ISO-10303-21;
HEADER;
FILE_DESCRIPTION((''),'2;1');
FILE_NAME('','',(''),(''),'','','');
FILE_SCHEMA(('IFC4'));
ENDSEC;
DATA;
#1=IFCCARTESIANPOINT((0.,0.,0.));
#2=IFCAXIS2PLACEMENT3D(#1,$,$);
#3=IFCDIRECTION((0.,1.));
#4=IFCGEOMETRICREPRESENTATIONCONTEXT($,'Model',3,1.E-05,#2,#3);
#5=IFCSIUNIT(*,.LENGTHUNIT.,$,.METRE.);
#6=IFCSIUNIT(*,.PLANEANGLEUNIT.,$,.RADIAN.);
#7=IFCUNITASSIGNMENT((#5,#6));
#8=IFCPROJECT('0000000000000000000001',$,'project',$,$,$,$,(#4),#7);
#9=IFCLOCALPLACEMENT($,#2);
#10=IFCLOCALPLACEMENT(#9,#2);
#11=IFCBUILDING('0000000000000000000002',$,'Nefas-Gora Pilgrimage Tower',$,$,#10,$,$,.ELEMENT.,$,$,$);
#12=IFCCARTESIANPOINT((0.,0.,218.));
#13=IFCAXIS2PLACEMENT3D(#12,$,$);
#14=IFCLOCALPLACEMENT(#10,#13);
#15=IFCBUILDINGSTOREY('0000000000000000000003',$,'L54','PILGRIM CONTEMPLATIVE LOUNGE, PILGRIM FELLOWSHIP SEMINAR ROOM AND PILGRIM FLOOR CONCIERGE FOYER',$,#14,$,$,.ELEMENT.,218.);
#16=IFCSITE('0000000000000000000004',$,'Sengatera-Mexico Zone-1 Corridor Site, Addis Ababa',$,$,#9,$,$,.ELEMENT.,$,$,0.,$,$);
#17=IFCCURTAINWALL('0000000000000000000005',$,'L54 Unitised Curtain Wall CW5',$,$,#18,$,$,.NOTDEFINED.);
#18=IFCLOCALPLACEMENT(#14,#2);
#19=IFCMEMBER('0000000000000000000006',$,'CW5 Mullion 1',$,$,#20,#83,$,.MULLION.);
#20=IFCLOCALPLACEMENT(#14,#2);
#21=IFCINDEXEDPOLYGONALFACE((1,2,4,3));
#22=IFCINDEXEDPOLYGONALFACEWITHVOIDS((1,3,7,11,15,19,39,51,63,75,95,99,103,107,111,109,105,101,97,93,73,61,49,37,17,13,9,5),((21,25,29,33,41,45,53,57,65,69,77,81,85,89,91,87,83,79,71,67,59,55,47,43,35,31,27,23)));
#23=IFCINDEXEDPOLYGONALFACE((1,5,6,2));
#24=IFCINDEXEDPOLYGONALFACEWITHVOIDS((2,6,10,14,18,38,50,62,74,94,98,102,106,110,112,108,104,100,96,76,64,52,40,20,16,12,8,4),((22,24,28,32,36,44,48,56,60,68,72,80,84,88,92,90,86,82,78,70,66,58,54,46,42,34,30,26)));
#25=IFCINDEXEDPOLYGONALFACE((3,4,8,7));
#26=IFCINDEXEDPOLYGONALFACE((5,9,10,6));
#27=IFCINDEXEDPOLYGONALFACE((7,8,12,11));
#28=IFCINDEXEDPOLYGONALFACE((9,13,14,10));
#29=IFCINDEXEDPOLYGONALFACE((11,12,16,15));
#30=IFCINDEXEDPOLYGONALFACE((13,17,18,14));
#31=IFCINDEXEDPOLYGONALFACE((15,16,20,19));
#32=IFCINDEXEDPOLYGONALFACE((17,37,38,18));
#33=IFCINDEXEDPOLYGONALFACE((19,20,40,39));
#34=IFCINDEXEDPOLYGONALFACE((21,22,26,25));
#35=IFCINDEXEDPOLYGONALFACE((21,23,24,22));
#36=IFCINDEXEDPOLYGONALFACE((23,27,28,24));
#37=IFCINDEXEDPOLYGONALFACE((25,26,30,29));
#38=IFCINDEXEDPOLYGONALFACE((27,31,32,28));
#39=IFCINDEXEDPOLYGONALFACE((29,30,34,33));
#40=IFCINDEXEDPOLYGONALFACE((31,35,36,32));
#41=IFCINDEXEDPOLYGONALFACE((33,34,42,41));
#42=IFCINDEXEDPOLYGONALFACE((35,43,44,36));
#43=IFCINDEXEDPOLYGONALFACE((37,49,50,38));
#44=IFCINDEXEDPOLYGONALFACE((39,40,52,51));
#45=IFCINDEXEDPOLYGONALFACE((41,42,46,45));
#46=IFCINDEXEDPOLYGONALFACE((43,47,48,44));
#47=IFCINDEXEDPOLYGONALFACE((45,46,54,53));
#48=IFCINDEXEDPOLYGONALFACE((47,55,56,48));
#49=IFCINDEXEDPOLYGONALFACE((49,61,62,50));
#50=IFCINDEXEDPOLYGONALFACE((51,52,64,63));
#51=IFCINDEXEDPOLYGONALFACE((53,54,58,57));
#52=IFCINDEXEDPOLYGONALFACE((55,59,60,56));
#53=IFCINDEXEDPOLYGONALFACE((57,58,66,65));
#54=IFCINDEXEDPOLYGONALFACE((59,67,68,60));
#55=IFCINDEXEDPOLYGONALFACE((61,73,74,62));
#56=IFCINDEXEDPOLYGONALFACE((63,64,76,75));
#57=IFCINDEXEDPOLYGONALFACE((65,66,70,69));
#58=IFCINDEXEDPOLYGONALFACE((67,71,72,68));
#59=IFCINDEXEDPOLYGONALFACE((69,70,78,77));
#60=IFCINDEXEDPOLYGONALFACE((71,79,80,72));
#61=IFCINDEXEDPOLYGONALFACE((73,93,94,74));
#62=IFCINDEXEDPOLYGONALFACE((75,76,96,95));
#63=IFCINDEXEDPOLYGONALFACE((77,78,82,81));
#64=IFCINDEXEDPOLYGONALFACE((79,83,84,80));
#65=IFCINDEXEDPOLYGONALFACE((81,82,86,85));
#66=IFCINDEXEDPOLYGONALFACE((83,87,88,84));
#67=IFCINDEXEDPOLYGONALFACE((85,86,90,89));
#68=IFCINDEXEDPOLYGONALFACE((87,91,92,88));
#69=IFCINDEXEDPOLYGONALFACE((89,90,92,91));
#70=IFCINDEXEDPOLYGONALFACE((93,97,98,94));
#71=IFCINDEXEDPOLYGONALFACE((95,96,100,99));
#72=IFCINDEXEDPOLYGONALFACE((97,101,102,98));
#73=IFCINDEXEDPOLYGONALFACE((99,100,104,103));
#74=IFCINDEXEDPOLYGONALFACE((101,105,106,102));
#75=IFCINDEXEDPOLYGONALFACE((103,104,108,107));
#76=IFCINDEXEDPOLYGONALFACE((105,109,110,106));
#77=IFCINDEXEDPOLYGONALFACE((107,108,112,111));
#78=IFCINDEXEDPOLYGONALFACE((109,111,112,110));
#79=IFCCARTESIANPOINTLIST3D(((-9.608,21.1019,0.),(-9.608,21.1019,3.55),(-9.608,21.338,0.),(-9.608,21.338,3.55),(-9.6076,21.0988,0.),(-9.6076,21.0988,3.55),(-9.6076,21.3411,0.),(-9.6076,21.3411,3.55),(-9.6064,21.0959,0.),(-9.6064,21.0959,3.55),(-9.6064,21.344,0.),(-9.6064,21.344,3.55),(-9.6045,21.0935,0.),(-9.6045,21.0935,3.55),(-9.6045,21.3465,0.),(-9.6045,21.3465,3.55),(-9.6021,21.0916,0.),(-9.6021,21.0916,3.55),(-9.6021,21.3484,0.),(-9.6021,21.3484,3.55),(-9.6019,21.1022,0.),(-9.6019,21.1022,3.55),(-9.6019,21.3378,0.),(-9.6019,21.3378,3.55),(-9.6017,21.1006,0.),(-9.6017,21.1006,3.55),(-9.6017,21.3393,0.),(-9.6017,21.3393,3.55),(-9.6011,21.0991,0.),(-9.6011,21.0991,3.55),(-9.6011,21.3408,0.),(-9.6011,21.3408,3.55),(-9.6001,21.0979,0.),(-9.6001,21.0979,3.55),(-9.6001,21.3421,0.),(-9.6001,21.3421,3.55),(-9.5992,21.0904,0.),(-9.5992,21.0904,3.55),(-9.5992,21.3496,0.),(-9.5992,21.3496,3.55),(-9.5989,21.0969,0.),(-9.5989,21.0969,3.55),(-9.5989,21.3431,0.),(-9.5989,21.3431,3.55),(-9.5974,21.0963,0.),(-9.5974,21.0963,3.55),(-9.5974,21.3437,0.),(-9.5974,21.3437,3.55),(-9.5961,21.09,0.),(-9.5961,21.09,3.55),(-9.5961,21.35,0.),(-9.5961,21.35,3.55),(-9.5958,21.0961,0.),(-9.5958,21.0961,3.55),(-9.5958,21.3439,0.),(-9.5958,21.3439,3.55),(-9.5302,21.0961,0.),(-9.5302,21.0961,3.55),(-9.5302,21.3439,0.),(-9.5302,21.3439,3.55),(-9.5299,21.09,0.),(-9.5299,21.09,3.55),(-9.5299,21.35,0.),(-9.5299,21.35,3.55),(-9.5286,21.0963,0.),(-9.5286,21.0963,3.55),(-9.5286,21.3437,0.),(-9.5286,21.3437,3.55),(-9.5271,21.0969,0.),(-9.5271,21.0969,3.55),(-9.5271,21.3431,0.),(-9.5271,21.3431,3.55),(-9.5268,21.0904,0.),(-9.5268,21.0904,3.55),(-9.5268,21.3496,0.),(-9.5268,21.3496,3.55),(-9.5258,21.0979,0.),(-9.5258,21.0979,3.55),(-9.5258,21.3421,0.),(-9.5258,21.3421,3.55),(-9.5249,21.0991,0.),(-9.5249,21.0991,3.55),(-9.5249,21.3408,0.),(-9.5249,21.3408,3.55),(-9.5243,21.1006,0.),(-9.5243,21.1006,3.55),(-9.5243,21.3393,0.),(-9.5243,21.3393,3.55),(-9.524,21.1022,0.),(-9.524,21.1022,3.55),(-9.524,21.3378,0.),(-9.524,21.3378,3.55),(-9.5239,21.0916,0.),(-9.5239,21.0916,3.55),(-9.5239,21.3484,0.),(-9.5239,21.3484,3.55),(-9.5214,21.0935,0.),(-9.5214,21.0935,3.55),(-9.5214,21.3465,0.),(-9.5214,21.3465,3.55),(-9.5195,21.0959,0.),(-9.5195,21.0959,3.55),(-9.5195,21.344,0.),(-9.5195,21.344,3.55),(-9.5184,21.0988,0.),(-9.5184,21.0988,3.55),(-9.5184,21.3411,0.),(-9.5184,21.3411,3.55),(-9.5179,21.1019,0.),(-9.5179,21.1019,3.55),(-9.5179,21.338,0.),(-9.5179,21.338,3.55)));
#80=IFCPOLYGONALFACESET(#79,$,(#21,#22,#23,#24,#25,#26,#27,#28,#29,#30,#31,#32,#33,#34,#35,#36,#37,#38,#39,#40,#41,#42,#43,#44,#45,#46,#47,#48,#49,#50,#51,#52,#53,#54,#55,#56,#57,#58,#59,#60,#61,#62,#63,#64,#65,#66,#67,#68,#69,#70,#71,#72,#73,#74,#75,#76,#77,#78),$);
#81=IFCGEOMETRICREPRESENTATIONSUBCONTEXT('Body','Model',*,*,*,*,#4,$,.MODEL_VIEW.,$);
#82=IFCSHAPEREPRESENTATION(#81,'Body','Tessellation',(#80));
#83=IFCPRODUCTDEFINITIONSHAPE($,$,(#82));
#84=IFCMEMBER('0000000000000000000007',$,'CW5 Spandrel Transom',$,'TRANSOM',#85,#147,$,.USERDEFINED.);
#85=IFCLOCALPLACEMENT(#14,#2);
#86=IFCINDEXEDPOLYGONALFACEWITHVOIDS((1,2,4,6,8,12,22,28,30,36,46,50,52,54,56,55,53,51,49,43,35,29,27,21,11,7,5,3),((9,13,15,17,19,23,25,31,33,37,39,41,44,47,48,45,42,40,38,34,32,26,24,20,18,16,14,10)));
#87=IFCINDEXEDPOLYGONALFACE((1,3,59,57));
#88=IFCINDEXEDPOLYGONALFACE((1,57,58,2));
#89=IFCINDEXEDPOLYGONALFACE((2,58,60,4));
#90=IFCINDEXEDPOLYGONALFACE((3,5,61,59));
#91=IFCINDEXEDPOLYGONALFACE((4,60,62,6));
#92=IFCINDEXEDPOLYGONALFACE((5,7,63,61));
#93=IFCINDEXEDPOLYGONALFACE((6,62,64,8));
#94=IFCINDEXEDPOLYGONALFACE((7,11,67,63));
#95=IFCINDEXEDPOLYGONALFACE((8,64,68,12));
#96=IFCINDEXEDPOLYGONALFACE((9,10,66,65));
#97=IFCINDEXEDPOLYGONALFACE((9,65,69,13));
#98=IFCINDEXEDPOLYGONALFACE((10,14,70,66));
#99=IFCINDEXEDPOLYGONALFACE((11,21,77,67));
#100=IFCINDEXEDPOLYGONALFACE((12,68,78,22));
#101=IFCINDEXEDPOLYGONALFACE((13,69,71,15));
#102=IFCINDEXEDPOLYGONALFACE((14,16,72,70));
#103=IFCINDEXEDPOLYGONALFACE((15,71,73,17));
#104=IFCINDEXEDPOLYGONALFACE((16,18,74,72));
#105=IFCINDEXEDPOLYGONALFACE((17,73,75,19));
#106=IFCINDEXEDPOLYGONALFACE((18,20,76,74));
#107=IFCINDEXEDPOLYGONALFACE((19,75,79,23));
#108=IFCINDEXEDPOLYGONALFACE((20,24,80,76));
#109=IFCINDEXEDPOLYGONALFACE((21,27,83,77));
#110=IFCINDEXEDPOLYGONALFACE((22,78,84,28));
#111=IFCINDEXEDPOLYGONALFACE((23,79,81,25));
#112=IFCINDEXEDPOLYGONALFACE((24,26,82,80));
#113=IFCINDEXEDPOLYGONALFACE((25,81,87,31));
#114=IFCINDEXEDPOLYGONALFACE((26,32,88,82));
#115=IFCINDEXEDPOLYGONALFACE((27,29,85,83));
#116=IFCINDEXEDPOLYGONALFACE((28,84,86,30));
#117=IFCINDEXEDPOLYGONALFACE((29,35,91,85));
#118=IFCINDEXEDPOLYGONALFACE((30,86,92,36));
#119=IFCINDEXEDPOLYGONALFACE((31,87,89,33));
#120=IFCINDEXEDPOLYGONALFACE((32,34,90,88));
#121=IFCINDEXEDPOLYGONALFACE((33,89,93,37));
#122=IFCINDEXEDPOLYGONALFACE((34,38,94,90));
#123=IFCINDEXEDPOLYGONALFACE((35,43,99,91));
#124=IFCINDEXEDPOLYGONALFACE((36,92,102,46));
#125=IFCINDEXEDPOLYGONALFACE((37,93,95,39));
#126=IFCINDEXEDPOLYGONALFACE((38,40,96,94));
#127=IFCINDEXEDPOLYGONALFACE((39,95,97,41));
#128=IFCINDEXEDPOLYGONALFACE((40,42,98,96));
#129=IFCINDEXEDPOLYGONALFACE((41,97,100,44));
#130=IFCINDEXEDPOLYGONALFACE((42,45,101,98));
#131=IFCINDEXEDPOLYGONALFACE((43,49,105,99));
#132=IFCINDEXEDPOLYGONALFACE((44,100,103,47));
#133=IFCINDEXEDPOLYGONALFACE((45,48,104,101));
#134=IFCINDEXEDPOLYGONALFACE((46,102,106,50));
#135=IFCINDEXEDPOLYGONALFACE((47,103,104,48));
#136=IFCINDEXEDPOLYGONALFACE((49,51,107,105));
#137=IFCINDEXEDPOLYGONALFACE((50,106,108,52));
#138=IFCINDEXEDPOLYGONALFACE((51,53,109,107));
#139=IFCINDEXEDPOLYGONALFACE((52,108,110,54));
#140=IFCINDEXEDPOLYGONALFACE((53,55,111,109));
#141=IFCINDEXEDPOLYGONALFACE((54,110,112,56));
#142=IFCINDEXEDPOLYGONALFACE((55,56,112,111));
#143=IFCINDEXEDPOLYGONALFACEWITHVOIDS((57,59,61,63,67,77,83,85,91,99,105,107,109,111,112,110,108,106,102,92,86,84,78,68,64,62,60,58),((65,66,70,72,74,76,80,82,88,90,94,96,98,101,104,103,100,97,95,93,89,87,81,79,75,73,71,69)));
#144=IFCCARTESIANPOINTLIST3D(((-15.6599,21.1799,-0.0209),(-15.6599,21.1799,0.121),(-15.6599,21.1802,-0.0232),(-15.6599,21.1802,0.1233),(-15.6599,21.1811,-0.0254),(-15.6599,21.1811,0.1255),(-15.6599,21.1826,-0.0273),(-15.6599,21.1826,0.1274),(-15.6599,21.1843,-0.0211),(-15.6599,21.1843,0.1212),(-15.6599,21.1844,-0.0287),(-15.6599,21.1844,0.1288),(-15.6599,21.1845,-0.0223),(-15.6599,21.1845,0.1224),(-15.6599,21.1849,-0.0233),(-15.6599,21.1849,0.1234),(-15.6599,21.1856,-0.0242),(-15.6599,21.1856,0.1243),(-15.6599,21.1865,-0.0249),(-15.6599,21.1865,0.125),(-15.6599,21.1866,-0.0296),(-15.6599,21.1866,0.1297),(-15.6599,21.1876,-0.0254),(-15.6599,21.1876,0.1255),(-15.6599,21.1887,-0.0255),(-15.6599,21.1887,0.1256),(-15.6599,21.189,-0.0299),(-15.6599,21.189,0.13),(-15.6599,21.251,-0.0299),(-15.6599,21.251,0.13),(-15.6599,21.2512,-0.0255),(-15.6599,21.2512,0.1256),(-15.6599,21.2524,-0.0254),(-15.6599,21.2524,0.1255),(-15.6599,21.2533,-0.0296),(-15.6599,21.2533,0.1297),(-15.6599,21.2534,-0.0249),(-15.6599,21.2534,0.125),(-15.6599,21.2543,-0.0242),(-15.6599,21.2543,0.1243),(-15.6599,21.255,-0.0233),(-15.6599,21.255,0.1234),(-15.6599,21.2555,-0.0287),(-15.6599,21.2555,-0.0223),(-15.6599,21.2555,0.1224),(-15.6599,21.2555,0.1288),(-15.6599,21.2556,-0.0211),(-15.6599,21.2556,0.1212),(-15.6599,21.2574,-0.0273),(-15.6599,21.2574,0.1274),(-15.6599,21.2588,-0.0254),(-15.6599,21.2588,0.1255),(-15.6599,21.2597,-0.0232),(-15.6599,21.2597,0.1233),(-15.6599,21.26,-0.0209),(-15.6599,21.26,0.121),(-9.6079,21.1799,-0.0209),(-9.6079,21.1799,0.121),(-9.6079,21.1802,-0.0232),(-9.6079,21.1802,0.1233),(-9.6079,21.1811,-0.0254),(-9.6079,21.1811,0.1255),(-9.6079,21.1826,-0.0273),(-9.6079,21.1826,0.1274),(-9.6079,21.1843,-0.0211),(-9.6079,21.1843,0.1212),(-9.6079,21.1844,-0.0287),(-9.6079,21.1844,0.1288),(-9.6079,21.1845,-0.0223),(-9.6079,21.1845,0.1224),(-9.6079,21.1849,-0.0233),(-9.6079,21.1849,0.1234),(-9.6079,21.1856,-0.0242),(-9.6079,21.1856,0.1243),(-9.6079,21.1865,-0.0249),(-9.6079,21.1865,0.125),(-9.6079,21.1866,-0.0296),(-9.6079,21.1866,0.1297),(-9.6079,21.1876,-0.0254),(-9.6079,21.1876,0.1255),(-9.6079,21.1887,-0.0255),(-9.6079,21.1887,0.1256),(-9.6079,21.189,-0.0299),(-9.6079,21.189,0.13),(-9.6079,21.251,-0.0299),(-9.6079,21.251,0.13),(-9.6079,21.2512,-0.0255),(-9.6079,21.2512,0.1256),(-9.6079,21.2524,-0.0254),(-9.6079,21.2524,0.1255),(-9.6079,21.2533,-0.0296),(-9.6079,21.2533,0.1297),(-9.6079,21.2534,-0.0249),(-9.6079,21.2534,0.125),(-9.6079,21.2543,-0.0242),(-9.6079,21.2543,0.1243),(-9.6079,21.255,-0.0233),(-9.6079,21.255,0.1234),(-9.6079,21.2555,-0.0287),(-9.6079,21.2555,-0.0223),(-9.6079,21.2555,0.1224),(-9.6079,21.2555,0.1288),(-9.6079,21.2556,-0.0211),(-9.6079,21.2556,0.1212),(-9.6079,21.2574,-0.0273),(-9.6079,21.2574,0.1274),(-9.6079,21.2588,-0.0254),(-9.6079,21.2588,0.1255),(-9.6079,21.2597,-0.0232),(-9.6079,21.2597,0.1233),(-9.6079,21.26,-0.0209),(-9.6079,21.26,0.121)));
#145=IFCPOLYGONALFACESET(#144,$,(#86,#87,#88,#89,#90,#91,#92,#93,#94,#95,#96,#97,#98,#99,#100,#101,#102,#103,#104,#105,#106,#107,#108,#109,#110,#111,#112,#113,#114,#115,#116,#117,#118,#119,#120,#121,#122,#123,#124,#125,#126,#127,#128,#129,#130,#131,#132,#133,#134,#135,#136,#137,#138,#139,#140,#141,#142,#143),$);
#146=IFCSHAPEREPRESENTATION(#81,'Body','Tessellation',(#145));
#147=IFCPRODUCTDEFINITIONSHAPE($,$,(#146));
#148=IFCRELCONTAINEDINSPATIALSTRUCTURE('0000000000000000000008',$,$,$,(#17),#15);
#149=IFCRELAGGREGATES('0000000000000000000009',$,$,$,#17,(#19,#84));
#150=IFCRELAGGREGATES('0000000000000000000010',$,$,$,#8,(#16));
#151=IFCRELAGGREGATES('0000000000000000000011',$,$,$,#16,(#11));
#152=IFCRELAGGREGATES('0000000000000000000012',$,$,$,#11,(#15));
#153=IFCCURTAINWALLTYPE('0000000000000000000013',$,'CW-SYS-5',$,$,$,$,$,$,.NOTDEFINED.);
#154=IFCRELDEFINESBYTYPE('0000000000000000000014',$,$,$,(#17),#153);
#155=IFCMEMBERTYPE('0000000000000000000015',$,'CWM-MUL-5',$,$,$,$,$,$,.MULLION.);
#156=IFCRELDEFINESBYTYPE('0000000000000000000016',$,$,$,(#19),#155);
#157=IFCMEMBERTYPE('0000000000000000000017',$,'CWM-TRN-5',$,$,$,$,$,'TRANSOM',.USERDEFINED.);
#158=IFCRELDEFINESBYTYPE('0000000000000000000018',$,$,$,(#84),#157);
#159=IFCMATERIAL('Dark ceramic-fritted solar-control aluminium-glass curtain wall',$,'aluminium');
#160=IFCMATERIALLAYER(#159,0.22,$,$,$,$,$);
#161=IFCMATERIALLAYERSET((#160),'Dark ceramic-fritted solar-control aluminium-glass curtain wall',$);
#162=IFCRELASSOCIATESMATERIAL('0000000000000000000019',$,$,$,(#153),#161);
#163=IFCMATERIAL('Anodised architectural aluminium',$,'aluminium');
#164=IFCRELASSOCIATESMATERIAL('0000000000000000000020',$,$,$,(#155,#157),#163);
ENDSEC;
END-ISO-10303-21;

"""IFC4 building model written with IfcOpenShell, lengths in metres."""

from ifc_helpers import new_model, si_unit, direction, frame, origin, origin_2d, place, context, subcontext, project, spatial, hollow_rectangle, extrude, source, transform, mapped, material, layer, layer_set, material_profile, profile_set, type_object, element, aggregate, save


model = new_model("IFC4")

# Units and contexts
model_context = context("Model", 3, precision=1e-05, world=origin(), true_north=direction((0.0, 1.0)))
body_context = subcontext(model_context, "Body", "Model", "MODEL_VIEW")
ifc_project = project(units=[si_unit("LENGTHUNIT", "METRE"), si_unit("PLANEANGLEUNIT", "RADIAN")], contexts=[model_context])

# Site, building, storey
site_placement = place(None, origin())
site = spatial("IfcSite", under=ifc_project, at=site_placement, Name="Sengatera-Mexico Zone-1 Corridor Site, Addis Ababa", CompositionType="ELEMENT", RefElevation=0.0)
building_placement = place(site_placement, origin())
building = spatial("IfcBuilding", under=site, at=building_placement, Name="Nefas-Gora Pilgrimage Tower", CompositionType="ELEMENT")
storey_placement = place(building_placement, frame((0.0, 0.0, 218.0)))
storey = spatial("IfcBuildingStorey", under=building, at=storey_placement, Name="L54", Description="PILGRIM CONTEMPLATIVE LOUNGE, PILGRIM FELLOWSHIP SEMINAR ROOM AND PILGRIM FLOOR CONCIERGE FOYER", CompositionType="ELEMENT", Elevation=218.0)

# Curtain wall, members
ifc_material_1 = material(Name="Dark ceramic-fritted solar-control aluminium-glass curtain wall", Category="aluminium")
ifc_layer_1 = layer(ifc_material_1, 0.22)
ifc_layer_set_1 = layer_set([ifc_layer_1], Name="Dark ceramic-fritted solar-control aluminium-glass curtain wall")
curtain_wall_type = type_object("IfcCurtainWallType", Name="CW-SYS-5", PredefinedType="NOTDEFINED", material=ifc_layer_set_1)
ifc_material_2 = material(Name="Anodised architectural aluminium", Category="aluminium")
ifc_material_profile_1 = material_profile(ifc_material_2, hollow_rectangle(XDim=0.0901, YDim=0.26, WallThickness=0.0061, InnerFilletRadius=0.0061, OuterFilletRadius=0.012, at=origin_2d()), Name="ALU MULLION 90x260")
ifc_profile_set_1 = profile_set([ifc_material_profile_1], Name="Anodised architectural aluminium")
member_type_1 = type_object("IfcMemberType", Name="CWM-MUL-5", PredefinedType="MULLION", material=ifc_profile_set_1)
shared_shape_1 = source(origin(), body_context, "Body", "SweptSolid", [
    extrude(hollow_rectangle(XDim=0.0901, YDim=0.26, WallThickness=0.0061, InnerFilletRadius=0.0061, OuterFilletRadius=0.012, at=origin_2d()), origin(), (0.0, 0.0, 1.0), 3.55),
])
curtain_wall_1_placement = place(storey_placement, origin())
curtain_wall_1 = element("IfcCurtainWall", 1, at=curtain_wall_1_placement, inside=storey, type_object=curtain_wall_type, Name="L54 Unitised Curtain Wall CW5", PredefinedType="NOTDEFINED")
member_1_placement = place(storey_placement, frame((-9.563, 21.22, 0.0), z_axis=(0.0, 0.0, 1.0), x_axis=(-1.0, 0.0, 0.0)))
member_1 = element("IfcMember", 2, at=member_1_placement, type_object=member_type_1, Name="CW5 Mullion 1", PredefinedType="MULLION", context=body_context, shape_type="MappedRepresentation", body=[
    mapped(shared_shape_1, transform((0.0, 0.0, 0.0), x_axis=(1.0, 0.0, 0.0), y_axis=(0.0, 1.0, 0.0), z_axis=(0.0, 0.0, 1.0), scale=1.0)),
])
ifc_material_profile_2 = material_profile(ifc_material_2, hollow_rectangle(XDim=0.0801, YDim=0.1599, WallThickness=0.0044, InnerFilletRadius=0.0044, OuterFilletRadius=0.009, at=origin_2d()), Name="ALU TRANSOM 80x160")
ifc_profile_set_2 = profile_set([ifc_material_profile_2], Name="Anodised architectural aluminium")
member_type_2 = type_object("IfcMemberType", Name="CWM-TRN-5", ElementType="TRANSOM", PredefinedType="USERDEFINED", material=ifc_profile_set_2)
shared_shape_2 = source(origin(), body_context, "Body", "SweptSolid", [
    extrude(hollow_rectangle(XDim=0.0801, YDim=0.1599, WallThickness=0.0044, InnerFilletRadius=0.0044, OuterFilletRadius=0.009, at=origin_2d()), origin(), (0.0, 0.0, 1.0), 6.052),
])
member_2_placement = place(storey_placement, frame((-9.6079, 21.22, 0.05), z_axis=(-1.0, 0.0, 0.0), x_axis=(0.0, -1.0, 0.0)))
member_2 = element("IfcMember", 3, at=member_2_placement, type_object=member_type_2, Name="CW5 Spandrel Transom", ObjectType="TRANSOM", PredefinedType="USERDEFINED", context=body_context, shape_type="MappedRepresentation", body=[
    mapped(shared_shape_2, transform((0.0, 0.0, 0.0), x_axis=(1.0, 0.0, 0.0), y_axis=(0.0, 1.0, 0.0), z_axis=(0.0, 0.0, 1.0), scale=1.0)),
])
aggregate(curtain_wall_1, [member_1, member_2])

save(model, "model.ifc")
